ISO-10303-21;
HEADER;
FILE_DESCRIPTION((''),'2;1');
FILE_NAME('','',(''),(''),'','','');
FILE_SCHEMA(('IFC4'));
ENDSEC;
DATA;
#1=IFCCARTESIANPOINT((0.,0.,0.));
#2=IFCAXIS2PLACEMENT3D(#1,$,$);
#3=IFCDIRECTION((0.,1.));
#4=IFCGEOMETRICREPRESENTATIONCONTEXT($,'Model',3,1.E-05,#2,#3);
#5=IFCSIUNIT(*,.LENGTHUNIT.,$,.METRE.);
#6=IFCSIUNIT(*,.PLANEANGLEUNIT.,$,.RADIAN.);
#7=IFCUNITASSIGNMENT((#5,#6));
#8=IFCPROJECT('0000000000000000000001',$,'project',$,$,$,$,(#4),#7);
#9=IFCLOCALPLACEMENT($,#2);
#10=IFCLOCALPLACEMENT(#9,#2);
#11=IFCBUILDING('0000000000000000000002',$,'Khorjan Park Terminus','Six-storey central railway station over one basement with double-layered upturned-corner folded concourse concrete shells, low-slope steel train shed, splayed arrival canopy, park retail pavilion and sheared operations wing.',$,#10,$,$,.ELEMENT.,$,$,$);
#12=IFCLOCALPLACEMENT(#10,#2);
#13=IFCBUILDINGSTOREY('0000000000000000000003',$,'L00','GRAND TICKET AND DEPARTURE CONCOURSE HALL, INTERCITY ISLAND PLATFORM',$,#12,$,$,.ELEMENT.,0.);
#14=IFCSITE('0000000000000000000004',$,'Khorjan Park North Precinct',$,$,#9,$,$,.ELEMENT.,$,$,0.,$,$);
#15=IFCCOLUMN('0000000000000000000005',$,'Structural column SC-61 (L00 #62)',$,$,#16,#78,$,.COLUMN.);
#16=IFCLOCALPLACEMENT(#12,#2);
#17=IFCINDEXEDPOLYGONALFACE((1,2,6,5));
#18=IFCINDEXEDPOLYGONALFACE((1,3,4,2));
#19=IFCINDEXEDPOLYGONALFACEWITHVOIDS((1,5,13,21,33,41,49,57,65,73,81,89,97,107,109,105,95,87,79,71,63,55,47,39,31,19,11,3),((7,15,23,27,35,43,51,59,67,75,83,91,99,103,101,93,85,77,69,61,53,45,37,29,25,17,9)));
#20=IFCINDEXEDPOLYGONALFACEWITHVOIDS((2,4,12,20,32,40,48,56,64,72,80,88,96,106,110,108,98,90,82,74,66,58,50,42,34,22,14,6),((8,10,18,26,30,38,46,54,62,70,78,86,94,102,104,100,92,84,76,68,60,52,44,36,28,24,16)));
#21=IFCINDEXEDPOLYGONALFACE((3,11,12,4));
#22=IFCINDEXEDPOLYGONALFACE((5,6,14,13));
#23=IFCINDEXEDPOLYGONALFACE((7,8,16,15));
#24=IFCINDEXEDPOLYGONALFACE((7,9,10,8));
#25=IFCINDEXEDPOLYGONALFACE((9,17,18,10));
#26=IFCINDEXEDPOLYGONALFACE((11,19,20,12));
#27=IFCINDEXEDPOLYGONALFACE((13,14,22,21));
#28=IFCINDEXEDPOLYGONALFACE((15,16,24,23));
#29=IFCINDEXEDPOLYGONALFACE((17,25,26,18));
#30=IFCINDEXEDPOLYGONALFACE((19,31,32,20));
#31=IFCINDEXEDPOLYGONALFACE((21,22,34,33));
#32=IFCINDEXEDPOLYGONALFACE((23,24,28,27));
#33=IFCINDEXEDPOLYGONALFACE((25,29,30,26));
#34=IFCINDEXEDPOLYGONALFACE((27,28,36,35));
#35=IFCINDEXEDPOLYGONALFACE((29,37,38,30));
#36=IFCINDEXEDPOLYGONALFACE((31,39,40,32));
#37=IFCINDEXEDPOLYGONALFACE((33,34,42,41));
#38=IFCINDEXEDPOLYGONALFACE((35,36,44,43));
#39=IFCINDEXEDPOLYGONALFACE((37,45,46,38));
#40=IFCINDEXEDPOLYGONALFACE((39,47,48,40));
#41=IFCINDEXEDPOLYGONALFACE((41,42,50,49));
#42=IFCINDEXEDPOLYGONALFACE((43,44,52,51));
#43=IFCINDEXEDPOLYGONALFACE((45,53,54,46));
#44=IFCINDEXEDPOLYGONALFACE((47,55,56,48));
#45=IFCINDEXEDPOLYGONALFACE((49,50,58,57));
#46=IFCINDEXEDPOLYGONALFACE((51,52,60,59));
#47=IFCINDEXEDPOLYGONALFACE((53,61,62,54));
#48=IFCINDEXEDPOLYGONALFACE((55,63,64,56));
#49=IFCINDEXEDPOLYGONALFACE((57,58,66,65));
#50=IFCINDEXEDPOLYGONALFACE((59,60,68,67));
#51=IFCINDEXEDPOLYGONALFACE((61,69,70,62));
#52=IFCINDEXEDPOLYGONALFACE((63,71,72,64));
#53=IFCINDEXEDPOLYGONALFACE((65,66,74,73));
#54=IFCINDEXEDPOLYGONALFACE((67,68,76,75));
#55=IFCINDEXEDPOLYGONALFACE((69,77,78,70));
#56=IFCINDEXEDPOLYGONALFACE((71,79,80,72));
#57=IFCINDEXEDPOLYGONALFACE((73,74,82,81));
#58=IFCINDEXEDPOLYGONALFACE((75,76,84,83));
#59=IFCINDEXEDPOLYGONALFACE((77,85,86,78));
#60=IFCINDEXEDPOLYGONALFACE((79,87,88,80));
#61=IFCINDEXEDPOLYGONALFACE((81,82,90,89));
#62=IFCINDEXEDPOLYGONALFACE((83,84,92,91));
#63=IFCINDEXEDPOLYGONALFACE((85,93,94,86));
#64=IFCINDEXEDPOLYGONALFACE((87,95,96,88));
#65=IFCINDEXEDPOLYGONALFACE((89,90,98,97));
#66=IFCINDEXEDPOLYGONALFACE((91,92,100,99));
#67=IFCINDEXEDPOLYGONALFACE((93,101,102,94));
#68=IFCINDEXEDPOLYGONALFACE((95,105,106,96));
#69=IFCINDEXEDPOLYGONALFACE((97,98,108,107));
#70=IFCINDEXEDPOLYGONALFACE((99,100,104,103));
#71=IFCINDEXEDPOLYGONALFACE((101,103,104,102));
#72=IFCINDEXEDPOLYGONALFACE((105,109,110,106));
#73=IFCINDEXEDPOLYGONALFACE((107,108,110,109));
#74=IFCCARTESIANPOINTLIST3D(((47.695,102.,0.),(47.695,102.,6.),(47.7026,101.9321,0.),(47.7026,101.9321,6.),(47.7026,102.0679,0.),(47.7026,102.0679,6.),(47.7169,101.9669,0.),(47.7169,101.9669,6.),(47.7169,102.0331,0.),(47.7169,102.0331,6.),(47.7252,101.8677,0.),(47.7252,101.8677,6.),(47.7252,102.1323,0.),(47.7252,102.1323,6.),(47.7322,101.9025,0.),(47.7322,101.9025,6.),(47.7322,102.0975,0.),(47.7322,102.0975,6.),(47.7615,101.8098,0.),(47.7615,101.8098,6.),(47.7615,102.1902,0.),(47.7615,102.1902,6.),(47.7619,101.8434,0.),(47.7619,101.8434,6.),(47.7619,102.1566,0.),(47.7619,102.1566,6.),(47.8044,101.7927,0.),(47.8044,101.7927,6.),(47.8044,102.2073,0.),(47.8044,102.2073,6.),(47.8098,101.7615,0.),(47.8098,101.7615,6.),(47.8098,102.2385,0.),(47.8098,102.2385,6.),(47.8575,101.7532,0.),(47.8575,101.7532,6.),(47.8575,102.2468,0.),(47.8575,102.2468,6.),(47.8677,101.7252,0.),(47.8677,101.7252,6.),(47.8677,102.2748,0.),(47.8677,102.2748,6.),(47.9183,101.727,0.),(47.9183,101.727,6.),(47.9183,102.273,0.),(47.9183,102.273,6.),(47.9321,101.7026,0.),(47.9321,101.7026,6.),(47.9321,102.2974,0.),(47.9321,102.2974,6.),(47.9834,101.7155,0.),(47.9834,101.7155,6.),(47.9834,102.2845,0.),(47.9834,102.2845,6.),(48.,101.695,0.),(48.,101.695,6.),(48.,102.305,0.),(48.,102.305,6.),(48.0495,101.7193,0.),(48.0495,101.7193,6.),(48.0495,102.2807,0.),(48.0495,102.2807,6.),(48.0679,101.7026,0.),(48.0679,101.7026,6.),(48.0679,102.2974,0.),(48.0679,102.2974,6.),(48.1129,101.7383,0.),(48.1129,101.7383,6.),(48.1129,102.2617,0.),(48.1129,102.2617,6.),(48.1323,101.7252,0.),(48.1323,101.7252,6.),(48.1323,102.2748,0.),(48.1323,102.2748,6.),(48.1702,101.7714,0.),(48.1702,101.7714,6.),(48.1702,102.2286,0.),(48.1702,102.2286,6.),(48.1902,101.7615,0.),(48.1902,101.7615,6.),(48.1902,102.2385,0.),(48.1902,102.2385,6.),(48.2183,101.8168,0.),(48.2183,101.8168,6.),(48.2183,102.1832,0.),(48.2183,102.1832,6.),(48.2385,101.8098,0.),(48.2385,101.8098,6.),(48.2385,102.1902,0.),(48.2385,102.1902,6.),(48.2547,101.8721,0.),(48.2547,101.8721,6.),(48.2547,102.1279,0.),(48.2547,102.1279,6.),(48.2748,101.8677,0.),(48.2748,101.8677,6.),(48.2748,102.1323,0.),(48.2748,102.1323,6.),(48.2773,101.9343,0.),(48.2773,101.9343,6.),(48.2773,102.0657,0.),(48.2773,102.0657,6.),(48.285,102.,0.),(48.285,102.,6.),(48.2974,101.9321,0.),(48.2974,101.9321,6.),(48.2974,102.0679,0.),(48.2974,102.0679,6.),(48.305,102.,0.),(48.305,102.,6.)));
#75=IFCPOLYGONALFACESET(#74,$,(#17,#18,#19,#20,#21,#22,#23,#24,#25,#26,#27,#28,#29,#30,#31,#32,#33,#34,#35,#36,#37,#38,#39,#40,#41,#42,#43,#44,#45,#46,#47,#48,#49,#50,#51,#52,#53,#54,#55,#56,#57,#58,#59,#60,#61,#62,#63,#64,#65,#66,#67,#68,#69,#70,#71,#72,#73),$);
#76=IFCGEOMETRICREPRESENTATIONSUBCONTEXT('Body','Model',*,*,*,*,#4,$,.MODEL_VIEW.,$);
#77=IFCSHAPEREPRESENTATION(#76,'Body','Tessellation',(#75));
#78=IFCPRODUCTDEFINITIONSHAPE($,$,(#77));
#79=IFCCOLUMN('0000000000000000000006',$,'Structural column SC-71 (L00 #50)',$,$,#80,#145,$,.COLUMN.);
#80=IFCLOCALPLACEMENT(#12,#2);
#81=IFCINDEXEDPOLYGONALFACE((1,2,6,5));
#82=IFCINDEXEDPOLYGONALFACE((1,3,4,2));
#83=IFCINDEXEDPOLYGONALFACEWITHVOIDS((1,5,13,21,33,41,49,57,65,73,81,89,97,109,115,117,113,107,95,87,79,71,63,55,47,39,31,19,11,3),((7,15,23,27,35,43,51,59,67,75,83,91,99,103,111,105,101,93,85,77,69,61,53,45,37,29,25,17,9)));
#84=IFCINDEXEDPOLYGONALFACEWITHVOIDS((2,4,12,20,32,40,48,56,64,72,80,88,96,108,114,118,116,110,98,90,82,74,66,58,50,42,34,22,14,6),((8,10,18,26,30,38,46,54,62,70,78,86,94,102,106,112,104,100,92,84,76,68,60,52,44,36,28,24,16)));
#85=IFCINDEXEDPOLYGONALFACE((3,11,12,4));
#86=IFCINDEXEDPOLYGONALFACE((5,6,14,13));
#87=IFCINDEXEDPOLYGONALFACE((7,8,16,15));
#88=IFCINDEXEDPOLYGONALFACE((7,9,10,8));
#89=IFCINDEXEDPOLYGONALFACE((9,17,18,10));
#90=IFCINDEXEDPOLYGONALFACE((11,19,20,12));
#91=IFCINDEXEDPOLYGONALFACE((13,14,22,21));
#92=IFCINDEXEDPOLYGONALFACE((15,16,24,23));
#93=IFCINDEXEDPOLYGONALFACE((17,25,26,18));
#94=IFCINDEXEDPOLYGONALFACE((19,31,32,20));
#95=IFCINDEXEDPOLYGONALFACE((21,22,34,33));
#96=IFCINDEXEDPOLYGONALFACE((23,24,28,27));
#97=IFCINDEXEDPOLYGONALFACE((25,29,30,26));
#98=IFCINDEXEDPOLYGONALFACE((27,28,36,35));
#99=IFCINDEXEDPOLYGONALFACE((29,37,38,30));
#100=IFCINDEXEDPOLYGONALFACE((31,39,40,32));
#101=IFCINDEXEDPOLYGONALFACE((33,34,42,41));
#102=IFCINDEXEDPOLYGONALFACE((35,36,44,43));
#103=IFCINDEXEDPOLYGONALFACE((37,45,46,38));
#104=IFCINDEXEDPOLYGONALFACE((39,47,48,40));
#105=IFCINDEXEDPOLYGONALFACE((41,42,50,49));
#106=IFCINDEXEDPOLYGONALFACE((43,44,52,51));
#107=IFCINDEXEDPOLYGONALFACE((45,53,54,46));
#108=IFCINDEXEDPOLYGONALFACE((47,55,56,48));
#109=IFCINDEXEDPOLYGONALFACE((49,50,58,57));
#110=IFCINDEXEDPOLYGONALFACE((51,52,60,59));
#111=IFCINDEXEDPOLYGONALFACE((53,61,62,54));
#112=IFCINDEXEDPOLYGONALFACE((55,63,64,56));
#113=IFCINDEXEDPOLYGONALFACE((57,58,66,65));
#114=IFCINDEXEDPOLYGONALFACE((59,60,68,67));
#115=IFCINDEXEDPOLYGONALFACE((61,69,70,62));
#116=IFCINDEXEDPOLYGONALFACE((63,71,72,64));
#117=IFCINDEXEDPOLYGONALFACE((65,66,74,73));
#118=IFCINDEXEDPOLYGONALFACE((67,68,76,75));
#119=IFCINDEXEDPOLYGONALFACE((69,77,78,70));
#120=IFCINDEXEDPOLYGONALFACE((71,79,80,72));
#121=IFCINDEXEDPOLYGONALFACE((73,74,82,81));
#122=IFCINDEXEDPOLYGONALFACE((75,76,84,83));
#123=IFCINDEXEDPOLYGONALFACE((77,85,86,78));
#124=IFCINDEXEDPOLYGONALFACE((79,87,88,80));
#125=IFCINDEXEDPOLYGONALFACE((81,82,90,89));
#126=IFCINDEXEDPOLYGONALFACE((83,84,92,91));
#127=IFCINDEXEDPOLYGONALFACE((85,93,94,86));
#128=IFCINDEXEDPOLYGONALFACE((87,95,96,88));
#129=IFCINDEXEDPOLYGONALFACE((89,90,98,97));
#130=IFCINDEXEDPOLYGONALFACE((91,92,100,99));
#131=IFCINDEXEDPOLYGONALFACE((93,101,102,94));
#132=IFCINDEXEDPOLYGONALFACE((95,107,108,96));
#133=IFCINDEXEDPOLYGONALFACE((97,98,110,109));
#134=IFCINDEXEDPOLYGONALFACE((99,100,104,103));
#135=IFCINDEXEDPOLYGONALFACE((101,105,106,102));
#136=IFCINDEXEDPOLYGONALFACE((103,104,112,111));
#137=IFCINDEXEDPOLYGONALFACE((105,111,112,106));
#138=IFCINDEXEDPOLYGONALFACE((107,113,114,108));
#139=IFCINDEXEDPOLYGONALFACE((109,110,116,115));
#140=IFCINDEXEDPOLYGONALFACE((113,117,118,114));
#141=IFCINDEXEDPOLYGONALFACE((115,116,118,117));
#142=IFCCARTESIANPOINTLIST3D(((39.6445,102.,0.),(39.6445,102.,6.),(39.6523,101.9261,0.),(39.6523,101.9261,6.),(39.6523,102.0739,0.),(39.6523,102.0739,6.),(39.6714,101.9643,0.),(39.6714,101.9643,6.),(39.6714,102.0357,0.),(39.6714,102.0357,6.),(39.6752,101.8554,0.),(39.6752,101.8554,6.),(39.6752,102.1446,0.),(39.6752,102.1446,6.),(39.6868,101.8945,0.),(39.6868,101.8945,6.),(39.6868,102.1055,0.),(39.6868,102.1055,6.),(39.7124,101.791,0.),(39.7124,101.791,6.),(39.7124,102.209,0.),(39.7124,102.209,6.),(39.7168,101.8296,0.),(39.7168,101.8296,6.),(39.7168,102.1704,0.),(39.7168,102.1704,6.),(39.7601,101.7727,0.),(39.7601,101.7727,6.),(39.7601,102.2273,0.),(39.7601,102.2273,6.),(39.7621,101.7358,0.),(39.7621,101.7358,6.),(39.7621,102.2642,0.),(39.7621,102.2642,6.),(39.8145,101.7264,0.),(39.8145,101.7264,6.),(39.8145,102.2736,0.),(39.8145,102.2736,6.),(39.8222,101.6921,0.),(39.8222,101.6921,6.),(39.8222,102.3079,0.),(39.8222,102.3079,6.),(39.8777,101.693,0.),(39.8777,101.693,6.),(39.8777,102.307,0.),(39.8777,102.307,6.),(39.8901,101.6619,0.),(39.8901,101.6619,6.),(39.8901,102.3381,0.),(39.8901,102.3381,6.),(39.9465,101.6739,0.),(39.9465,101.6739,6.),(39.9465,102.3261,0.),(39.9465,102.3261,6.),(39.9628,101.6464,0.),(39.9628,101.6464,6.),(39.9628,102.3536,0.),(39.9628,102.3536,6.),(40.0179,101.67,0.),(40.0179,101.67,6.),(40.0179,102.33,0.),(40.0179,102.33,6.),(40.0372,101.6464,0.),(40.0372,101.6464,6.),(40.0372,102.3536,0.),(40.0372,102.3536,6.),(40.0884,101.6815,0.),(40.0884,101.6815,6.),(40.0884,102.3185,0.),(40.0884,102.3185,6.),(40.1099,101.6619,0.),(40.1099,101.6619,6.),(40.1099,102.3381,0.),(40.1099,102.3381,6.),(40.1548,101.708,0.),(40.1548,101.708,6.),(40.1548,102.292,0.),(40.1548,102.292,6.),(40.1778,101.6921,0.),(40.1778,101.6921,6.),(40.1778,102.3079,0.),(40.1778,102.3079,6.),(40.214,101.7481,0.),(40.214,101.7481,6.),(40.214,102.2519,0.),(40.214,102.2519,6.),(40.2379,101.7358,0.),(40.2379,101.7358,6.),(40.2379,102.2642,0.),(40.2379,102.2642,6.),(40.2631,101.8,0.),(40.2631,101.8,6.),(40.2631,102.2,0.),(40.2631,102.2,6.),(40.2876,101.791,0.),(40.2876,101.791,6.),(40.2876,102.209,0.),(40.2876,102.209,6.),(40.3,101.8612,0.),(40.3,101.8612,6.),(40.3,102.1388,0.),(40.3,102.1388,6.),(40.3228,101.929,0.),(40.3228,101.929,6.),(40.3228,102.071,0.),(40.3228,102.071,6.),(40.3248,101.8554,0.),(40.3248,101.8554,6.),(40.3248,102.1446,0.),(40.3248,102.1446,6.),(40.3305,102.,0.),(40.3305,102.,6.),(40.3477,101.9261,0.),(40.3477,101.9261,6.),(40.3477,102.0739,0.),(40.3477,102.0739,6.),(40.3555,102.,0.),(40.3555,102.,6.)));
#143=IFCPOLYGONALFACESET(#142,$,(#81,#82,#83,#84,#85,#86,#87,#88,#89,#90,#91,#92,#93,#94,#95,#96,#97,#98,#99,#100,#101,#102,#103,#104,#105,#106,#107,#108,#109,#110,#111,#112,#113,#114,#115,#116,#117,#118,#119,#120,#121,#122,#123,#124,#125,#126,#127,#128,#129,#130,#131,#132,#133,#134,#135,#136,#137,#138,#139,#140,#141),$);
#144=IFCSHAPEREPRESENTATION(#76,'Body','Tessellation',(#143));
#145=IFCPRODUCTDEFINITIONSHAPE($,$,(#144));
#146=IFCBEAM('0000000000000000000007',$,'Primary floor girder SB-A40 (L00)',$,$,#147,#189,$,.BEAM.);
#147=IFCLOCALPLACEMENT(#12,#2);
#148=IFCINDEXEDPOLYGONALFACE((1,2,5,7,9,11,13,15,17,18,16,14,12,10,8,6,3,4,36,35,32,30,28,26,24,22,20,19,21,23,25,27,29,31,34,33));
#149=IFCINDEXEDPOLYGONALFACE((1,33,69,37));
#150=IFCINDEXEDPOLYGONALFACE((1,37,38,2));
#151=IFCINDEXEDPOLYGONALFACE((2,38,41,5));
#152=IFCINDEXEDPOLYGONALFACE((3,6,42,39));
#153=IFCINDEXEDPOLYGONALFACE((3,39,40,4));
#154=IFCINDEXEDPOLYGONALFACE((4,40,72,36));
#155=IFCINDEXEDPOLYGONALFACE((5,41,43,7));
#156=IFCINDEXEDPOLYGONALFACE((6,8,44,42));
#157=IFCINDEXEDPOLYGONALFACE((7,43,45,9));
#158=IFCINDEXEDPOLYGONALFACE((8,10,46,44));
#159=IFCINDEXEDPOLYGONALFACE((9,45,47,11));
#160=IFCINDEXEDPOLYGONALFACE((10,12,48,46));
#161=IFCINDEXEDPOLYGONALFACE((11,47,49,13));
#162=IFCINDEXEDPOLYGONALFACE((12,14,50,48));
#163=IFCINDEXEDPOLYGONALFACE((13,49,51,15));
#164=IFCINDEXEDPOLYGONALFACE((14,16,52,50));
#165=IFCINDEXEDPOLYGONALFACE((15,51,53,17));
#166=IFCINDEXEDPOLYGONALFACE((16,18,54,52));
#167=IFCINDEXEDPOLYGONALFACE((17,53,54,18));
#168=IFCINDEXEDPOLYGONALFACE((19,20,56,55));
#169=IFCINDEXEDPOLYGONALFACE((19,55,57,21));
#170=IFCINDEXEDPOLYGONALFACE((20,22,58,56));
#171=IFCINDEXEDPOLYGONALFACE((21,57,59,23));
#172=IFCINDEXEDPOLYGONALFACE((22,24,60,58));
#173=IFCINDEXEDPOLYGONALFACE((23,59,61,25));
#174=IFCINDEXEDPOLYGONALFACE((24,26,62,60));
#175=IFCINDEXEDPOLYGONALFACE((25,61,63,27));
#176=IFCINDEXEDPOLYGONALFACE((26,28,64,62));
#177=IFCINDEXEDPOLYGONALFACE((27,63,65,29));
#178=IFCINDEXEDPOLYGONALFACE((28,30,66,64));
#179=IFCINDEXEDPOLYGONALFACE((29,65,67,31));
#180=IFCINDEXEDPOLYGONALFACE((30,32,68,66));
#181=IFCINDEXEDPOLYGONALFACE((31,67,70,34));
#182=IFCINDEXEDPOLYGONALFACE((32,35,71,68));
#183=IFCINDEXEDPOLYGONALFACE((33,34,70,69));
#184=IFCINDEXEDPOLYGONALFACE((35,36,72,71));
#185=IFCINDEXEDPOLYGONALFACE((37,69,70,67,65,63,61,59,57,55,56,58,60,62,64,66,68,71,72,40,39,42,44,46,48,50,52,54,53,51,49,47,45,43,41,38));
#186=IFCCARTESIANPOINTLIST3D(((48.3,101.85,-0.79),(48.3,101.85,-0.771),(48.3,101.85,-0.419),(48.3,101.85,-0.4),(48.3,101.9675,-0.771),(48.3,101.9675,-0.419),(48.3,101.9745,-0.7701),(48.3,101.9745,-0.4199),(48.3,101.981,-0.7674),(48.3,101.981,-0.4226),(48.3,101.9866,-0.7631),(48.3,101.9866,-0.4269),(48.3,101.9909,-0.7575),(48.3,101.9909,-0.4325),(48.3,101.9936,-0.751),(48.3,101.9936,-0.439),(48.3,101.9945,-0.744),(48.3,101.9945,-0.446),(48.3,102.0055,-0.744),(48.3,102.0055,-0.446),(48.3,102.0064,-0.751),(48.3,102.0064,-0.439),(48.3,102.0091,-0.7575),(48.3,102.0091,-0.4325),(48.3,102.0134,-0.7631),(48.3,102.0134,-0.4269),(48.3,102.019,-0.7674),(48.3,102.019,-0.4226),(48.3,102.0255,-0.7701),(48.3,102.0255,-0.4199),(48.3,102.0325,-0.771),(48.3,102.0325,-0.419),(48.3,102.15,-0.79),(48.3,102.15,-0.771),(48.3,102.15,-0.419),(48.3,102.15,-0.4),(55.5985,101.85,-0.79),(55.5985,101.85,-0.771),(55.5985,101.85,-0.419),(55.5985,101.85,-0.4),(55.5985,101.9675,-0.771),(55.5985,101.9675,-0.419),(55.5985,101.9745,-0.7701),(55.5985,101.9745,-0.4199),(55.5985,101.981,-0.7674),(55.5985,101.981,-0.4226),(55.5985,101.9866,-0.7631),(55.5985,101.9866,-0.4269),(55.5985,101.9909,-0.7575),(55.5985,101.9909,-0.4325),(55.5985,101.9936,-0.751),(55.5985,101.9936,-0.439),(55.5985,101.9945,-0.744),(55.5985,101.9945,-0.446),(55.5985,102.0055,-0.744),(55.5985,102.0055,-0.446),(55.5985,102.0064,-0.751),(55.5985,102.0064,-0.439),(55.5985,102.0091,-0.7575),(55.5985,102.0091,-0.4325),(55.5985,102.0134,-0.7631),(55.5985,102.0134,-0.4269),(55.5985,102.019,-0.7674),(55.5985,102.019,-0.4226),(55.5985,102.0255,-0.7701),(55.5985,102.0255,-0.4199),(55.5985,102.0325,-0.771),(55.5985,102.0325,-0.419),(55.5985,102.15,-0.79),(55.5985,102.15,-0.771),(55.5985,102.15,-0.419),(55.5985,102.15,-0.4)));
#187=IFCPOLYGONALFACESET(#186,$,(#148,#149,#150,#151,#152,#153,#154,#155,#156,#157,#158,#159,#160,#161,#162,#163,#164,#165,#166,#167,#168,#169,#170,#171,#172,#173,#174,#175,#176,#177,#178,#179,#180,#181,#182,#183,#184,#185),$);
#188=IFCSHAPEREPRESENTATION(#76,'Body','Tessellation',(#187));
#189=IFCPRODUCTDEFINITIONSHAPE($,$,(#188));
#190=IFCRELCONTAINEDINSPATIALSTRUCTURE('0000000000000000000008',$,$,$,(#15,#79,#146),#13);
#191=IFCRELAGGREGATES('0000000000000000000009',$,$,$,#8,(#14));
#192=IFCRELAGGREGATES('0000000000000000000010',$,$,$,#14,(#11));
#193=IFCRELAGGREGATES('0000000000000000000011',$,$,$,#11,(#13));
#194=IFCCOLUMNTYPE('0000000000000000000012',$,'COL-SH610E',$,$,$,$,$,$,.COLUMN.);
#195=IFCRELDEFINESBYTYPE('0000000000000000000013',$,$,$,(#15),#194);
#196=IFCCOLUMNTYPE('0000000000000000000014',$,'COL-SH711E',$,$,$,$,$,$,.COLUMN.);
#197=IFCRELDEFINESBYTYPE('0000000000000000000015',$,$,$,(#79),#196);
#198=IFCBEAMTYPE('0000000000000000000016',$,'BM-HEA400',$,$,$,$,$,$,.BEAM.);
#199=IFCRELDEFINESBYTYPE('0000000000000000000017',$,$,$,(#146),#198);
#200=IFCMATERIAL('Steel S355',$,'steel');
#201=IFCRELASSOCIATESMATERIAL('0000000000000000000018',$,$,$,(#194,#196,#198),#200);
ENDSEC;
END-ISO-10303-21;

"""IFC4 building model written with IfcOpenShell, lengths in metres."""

from ifc_helpers import new_model, si_unit, direction, frame, origin, origin_2d, place, context, subcontext, project, spatial, hollow_circle, i_section, extrude, material, material_profile, profile_set, type_object, element, save


model = new_model("IFC4")

# Units and contexts
model_context = context("Model", 3, precision=1e-05, world=origin(), true_north=direction((0.0, 1.0)))
body_context = subcontext(model_context, "Body", "Model", "MODEL_VIEW")
ifc_project = project(units=[si_unit("LENGTHUNIT", "METRE"), si_unit("PLANEANGLEUNIT", "RADIAN")], contexts=[model_context])

# Site, building, storey
site_placement = place(None, origin())
site = spatial("IfcSite", under=ifc_project, at=site_placement, Name="Khorjan Park North Precinct", CompositionType="ELEMENT", RefElevation=0.0)
building_placement = place(site_placement, origin())
building = spatial("IfcBuilding", under=site, at=building_placement, Name="Khorjan Park Terminus", Description="Six-storey central railway station over one basement with double-layered upturned-corner folded concourse concrete shells, low-slope steel train shed, splayed arrival canopy, park retail pavilion and sheared operations wing.", CompositionType="ELEMENT")
storey_placement = place(building_placement, origin())
storey = spatial("IfcBuildingStorey", under=building, at=storey_placement, Name="L00", Description="GRAND TICKET AND DEPARTURE CONCOURSE HALL, INTERCITY ISLAND PLATFORM", CompositionType="ELEMENT", Elevation=0.0)

# Columns
ifc_material = material(Name="Steel S355", Category="steel")
ifc_material_profile_1 = material_profile(ifc_material, hollow_circle(Radius=0.305, WallThickness=0.02, at=origin_2d()), Name="CHS 610x20")
ifc_profile_set_1 = profile_set([ifc_material_profile_1], Name="Steel S355")
column_type_1 = type_object("IfcColumnType", Name="COL-SH610E", PredefinedType="COLUMN", material=ifc_profile_set_1)
column_1_placement = place(storey_placement, frame((48.0, 102.0, 0.0), z_axis=(0.0, 0.0, 1.0), x_axis=(1.0, 0.0, 0.0)))
element("IfcColumn", 1, at=column_1_placement, inside=storey, type_object=column_type_1, Name="Structural column SC-61 (L00 #62)", PredefinedType="COLUMN", context=body_context, shape_type="SweptSolid", body=[
    extrude(hollow_circle(Radius=0.305, WallThickness=0.02, at=origin_2d()), origin(), (0.0, 0.0, 1.0), 6.0),
])
ifc_material_profile_2 = material_profile(ifc_material, hollow_circle(Radius=0.3555, WallThickness=0.025, at=origin_2d()), Name="CHS 711x25")
ifc_profile_set_2 = profile_set([ifc_material_profile_2], Name="Steel S355")
column_type_2 = type_object("IfcColumnType", Name="COL-SH711E", PredefinedType="COLUMN", material=ifc_profile_set_2)
column_2_placement = place(storey_placement, frame((40.0, 102.0, 0.0), z_axis=(0.0, 0.0, 1.0), x_axis=(1.0, 0.0, 0.0)))
element("IfcColumn", 2, at=column_2_placement, inside=storey, type_object=column_type_2, Name="Structural column SC-71 (L00 #50)", PredefinedType="COLUMN", context=body_context, shape_type="SweptSolid", body=[
    extrude(hollow_circle(Radius=0.3555, WallThickness=0.025, at=origin_2d()), origin(), (0.0, 0.0, 1.0), 6.0),
])

# Beam
ifc_material_profile_3 = material_profile(ifc_material, i_section(OverallWidth=0.3, OverallDepth=0.39, WebThickness=0.011, FlangeThickness=0.019, FilletRadius=0.027, at=origin_2d()), Name="HEA 400")
ifc_profile_set_3 = profile_set([ifc_material_profile_3], Name="Steel S355")
beam_type_1 = type_object("IfcBeamType", Name="BM-HEA400", PredefinedType="BEAM", material=ifc_profile_set_3)
beam_1_placement = place(storey_placement, frame((48.3, 102.0, -0.595), z_axis=(1.0, 0.0, 0.0), x_axis=(0.0, 1.0, 0.0)))
element("IfcBeam", 3, at=beam_1_placement, inside=storey, type_object=beam_type_1, Name="Primary floor girder SB-A40 (L00)", PredefinedType="BEAM", context=body_context, shape_type="SweptSolid", body=[
    extrude(i_section(OverallWidth=0.3, OverallDepth=0.39, WebThickness=0.011, FlangeThickness=0.019, FilletRadius=0.027, at=origin_2d()), origin(), (0.0, 0.0, 1.0), 7.2985),
])

save(model, "model.ifc")
